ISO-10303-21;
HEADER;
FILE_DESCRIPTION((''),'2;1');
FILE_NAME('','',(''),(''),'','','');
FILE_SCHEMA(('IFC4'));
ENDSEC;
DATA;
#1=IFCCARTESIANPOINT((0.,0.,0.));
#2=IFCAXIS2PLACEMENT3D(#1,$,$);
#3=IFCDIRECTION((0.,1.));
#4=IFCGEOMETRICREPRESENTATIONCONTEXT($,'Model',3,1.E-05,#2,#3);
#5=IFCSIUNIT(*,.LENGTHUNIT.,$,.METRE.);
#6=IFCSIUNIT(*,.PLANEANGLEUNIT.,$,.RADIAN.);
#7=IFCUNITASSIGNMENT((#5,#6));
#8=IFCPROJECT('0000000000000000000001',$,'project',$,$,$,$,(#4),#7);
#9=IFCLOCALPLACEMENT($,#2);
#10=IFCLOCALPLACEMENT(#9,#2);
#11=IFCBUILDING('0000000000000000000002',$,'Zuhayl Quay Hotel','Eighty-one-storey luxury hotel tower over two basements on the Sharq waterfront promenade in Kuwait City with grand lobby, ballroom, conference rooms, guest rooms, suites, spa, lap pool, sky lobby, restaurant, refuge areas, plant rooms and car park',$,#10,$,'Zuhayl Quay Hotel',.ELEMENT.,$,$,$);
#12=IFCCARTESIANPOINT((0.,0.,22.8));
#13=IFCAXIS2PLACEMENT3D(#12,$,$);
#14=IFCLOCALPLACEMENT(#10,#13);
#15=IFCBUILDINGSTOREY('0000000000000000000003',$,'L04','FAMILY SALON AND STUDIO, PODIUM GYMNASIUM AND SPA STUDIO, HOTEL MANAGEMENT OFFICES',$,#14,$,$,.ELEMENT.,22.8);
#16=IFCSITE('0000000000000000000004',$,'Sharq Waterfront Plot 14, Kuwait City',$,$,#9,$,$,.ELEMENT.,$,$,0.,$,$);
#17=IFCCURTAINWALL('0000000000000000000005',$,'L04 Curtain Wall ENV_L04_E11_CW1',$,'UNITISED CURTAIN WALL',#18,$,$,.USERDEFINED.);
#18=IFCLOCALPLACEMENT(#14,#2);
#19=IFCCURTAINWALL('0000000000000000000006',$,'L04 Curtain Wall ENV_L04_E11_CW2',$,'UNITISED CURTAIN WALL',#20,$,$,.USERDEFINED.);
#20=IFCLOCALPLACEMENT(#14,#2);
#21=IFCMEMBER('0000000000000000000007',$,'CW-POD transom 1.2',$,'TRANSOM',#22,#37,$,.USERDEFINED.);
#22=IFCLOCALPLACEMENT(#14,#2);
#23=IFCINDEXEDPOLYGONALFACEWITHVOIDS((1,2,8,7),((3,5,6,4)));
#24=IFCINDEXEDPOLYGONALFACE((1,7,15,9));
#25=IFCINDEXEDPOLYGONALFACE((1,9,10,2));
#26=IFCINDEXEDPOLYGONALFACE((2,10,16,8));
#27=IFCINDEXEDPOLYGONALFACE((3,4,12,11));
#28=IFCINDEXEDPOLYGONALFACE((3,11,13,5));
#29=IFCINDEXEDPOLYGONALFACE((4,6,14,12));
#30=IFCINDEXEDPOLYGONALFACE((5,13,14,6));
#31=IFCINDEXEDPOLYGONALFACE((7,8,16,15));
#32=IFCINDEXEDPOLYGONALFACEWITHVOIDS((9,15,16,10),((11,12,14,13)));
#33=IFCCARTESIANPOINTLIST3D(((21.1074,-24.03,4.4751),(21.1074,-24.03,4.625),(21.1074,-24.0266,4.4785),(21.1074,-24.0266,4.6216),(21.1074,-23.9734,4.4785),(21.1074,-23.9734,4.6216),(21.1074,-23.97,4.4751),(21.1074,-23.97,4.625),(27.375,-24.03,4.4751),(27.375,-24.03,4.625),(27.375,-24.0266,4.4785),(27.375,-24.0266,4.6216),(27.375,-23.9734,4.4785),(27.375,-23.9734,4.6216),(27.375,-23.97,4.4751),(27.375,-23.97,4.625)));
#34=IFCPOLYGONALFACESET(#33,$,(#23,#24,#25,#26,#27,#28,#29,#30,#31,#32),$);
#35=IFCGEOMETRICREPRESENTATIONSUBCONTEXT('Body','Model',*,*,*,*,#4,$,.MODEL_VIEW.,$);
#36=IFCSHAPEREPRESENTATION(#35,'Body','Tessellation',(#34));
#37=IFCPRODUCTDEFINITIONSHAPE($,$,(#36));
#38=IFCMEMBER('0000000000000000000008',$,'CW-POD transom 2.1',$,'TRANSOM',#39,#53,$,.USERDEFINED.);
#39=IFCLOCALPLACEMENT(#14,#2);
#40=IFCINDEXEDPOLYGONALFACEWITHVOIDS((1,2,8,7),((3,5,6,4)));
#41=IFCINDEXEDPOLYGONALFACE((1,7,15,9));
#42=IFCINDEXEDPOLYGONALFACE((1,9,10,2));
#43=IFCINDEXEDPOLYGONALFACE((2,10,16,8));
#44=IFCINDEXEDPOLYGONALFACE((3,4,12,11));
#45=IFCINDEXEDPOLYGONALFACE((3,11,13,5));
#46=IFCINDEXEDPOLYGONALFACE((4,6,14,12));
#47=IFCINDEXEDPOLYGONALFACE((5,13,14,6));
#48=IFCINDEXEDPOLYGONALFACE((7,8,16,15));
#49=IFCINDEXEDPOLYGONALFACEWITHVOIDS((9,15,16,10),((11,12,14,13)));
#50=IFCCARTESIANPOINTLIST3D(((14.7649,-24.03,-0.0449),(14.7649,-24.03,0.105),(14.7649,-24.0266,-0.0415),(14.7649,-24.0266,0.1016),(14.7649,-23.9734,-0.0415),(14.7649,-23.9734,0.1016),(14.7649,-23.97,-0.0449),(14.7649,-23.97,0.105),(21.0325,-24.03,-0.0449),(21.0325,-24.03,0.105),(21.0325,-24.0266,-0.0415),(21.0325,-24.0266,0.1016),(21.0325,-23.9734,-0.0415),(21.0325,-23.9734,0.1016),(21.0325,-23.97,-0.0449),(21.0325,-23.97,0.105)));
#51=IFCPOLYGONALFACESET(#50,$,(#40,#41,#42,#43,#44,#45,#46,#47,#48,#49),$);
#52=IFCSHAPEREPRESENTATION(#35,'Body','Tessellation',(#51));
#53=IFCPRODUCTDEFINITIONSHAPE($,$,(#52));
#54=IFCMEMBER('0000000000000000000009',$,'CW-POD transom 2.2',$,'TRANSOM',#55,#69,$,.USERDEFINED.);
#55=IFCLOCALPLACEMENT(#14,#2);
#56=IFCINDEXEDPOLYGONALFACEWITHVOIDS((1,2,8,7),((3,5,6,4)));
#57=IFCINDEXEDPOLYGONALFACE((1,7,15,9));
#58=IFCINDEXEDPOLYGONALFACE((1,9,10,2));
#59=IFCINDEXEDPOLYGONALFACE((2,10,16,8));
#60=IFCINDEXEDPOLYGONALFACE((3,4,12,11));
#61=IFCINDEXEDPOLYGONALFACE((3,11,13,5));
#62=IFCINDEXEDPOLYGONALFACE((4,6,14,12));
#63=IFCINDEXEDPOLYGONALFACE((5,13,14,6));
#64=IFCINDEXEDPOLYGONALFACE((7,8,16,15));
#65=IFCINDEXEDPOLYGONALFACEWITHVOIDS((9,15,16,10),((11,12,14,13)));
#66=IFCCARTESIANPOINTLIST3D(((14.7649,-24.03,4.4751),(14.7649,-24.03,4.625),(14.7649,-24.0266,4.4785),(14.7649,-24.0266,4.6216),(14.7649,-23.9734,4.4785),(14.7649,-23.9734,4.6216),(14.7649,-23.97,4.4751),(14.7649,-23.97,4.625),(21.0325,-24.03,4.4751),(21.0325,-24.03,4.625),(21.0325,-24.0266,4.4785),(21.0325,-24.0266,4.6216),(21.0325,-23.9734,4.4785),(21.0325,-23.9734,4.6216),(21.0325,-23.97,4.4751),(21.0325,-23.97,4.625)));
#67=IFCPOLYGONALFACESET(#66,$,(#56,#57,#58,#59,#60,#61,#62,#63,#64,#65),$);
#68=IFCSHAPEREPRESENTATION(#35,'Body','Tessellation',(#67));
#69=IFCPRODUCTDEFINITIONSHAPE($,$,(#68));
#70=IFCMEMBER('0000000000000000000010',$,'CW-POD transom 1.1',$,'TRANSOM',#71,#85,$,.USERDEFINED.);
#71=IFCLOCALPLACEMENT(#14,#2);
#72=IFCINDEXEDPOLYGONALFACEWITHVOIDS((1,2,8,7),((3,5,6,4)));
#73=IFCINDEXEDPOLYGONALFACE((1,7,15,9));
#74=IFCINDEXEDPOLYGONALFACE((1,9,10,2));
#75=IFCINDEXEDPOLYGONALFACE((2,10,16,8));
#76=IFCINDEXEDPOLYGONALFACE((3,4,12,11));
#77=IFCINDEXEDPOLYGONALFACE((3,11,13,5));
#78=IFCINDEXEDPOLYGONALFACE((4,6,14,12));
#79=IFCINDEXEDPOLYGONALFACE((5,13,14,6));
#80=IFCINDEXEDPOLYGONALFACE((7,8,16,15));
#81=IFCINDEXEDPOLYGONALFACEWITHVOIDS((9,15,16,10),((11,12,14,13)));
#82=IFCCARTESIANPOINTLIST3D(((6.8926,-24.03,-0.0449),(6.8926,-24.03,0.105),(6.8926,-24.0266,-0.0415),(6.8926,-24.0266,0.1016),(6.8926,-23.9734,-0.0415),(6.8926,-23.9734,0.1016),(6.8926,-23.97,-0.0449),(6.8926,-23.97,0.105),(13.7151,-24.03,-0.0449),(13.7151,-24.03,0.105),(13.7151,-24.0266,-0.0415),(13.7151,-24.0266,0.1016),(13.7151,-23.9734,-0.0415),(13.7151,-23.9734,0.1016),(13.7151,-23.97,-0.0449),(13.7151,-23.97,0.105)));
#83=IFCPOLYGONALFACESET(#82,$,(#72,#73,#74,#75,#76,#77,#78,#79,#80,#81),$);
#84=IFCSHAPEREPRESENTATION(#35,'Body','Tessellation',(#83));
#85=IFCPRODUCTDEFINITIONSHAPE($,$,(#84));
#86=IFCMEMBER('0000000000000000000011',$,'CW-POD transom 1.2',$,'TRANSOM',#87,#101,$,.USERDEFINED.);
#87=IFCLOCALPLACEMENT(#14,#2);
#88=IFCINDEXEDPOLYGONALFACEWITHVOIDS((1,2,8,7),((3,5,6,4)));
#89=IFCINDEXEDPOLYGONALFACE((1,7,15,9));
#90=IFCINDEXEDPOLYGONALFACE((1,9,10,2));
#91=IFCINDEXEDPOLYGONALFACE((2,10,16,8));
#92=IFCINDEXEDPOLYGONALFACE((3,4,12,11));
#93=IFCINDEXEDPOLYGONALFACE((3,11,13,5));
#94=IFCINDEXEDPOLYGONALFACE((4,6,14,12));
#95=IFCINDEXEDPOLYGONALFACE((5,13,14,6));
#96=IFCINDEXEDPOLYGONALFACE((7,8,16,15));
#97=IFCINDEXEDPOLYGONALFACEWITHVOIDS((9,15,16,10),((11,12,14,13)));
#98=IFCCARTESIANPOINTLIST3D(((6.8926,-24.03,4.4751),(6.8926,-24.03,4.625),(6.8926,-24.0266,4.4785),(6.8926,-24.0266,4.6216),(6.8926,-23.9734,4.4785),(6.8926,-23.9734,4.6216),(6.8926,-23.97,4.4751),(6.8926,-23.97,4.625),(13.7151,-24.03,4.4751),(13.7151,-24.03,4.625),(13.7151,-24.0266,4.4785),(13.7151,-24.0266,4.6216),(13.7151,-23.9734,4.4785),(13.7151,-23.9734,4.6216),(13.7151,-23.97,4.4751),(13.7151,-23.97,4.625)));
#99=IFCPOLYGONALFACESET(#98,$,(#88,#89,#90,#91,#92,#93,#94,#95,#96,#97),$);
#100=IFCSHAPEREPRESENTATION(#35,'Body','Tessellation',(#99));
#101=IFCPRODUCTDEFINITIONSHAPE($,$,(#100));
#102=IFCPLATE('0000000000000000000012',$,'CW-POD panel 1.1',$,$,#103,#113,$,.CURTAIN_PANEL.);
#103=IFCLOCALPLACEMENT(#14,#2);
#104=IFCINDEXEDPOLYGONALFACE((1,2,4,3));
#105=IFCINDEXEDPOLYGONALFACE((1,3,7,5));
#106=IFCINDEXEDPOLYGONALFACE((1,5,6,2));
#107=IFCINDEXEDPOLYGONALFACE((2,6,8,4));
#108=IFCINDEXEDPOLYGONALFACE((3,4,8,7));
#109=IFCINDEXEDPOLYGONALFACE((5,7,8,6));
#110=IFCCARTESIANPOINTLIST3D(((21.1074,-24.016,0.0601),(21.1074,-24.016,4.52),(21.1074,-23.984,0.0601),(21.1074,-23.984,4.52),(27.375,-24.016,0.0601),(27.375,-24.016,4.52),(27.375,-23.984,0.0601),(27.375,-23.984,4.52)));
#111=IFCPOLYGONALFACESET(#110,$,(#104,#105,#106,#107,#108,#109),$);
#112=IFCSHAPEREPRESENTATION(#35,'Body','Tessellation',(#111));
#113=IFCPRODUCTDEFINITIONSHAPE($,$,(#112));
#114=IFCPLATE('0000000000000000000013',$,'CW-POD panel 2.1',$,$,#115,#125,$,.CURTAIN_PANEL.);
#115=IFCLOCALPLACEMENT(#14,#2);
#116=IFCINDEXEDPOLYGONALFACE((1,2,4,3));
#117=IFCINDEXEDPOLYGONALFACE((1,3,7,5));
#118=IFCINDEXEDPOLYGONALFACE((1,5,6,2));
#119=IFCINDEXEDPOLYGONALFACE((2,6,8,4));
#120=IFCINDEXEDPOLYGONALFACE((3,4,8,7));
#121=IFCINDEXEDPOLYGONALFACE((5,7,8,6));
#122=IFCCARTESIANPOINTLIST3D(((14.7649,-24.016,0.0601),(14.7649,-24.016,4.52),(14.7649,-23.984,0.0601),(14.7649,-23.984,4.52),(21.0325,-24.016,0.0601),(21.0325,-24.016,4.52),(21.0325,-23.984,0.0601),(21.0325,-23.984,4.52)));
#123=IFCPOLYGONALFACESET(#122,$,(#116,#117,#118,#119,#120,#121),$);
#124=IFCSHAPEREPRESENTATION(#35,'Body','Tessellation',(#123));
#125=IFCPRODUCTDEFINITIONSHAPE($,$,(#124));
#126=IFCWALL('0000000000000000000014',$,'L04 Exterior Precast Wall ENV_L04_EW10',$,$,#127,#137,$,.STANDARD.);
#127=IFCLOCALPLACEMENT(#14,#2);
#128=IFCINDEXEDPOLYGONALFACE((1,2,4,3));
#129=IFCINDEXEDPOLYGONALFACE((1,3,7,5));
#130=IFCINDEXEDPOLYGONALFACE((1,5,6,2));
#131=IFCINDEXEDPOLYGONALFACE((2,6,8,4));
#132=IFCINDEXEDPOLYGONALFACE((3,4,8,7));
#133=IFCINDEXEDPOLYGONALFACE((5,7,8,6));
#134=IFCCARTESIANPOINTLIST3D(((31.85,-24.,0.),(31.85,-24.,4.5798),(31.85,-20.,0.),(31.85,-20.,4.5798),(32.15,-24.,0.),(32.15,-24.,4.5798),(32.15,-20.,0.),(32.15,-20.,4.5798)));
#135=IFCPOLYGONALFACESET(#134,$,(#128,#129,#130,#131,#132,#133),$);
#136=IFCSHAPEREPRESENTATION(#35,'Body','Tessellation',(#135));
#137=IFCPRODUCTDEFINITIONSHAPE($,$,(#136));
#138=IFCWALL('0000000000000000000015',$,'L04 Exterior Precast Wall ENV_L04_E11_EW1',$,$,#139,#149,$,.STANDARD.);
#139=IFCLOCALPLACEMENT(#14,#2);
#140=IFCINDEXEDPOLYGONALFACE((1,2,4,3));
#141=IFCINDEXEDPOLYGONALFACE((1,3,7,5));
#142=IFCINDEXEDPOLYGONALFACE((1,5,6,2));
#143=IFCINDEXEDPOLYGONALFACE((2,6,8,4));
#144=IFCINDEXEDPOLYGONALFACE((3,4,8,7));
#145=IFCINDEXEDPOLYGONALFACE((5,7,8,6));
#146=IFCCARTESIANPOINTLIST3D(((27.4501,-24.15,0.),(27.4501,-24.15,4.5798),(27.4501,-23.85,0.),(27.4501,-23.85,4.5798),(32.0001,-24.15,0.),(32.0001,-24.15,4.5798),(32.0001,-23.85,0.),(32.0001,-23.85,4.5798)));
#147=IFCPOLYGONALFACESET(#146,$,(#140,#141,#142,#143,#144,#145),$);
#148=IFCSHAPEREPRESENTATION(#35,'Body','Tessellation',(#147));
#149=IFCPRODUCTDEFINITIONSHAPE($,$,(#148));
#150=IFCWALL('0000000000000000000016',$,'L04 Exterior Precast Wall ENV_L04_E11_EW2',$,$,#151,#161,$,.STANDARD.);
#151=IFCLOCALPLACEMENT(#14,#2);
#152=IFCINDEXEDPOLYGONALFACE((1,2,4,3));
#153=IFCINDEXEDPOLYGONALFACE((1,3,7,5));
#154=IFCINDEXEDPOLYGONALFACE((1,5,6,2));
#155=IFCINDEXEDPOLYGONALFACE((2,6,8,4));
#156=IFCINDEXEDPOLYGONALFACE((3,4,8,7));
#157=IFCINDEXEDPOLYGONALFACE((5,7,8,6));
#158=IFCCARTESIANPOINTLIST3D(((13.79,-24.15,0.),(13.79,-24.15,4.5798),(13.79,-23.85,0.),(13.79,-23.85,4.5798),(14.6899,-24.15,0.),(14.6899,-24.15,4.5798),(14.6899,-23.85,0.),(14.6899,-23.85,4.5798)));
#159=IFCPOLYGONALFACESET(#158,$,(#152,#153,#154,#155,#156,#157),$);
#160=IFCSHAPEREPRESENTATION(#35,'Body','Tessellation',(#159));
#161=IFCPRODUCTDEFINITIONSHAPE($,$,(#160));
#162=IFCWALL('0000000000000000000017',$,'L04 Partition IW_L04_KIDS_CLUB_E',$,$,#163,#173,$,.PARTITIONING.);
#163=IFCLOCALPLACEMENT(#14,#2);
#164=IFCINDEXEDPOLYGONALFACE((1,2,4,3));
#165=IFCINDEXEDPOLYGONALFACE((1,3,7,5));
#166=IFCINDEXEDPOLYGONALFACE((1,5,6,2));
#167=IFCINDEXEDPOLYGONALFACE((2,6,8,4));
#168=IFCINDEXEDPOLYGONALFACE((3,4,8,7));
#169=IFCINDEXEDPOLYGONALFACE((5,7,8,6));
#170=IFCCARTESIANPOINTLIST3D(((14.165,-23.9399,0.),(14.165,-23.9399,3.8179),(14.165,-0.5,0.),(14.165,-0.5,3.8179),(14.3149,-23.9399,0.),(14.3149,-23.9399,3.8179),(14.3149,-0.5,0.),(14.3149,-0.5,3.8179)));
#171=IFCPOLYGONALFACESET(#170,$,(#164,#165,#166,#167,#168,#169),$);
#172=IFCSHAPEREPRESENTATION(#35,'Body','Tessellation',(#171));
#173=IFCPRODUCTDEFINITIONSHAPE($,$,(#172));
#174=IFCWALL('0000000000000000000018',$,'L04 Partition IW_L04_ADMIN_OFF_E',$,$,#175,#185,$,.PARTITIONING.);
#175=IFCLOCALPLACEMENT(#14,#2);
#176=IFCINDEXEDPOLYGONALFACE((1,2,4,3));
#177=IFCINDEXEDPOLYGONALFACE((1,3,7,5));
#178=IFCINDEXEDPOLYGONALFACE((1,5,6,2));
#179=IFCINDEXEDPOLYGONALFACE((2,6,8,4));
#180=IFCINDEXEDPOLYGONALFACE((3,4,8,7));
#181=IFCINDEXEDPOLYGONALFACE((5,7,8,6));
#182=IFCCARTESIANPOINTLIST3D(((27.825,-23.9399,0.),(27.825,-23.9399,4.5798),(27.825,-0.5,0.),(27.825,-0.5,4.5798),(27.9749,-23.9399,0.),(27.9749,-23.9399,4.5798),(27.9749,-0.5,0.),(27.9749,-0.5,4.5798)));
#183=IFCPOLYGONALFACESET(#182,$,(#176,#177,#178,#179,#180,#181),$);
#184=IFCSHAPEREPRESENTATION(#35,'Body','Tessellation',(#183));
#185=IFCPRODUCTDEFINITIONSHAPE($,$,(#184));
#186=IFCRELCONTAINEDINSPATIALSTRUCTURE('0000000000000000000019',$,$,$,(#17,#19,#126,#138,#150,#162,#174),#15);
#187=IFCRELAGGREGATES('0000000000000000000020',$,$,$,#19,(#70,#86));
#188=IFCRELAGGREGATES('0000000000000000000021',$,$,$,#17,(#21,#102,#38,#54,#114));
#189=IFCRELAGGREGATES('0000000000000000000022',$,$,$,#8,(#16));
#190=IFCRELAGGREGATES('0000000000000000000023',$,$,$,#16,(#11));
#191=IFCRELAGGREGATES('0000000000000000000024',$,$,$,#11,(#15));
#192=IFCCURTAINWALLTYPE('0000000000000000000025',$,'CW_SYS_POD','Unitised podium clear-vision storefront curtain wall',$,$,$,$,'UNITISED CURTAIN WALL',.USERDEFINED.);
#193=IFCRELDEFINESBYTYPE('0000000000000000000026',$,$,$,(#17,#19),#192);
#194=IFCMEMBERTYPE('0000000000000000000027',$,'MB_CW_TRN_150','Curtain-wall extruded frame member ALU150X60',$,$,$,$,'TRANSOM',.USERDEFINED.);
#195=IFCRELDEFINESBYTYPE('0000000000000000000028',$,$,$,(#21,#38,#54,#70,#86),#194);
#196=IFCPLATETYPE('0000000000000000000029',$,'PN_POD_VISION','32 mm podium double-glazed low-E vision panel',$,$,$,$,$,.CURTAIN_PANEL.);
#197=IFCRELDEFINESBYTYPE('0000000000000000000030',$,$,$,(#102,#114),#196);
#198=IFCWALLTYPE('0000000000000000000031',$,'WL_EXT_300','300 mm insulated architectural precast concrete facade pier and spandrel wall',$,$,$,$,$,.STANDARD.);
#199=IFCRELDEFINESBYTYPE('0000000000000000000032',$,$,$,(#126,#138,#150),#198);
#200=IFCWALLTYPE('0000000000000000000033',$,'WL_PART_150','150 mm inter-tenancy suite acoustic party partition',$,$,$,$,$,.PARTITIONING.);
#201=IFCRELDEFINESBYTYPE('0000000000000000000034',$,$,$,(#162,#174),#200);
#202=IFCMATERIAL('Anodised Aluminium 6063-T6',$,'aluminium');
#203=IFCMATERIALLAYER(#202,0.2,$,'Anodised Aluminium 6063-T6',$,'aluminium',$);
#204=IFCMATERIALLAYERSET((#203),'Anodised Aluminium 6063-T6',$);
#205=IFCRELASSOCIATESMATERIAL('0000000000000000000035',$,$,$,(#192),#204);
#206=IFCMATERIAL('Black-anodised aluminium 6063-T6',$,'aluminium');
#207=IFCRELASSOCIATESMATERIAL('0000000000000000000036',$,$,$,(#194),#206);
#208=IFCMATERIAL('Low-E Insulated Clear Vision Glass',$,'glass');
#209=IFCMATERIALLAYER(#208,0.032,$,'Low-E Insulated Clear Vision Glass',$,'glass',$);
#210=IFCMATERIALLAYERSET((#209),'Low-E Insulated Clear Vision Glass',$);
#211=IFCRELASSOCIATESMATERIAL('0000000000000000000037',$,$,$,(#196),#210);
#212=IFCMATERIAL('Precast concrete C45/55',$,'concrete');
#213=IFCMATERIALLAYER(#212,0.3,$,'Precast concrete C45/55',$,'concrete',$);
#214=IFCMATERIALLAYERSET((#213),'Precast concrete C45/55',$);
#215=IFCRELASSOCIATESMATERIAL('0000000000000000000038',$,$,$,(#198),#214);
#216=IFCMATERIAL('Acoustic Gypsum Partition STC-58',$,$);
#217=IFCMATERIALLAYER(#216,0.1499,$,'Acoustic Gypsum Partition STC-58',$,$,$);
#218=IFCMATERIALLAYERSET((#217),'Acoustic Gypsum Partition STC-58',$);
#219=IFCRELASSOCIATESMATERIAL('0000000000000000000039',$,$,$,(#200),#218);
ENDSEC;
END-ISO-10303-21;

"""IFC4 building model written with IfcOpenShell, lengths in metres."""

from ifc_helpers import new_model, si_unit, direction, frame, frame_2d, origin, origin_2d, place, context, subcontext, project, spatial, rectangle, hollow_rectangle, extrude, material, layer, layer_set, material_profile, profile_set, type_object, element, aggregate, save


model = new_model("IFC4")

# Units and contexts
model_context = context("Model", 3, precision=1e-05, world=origin(), true_north=direction((0.0, 1.0)))
body_context = subcontext(model_context, "Body", "Model", "MODEL_VIEW")
ifc_project = project(units=[si_unit("LENGTHUNIT", "METRE"), si_unit("PLANEANGLEUNIT", "RADIAN")], contexts=[model_context])

# Site, building, storey
site_placement = place(None, origin())
site = spatial("IfcSite", under=ifc_project, at=site_placement, Name="Sharq Waterfront Plot 14, Kuwait City", CompositionType="ELEMENT", RefElevation=0.0)
building_placement = place(site_placement, origin())
building = spatial("IfcBuilding", under=site, at=building_placement, Name="Zuhayl Quay Hotel", Description="Eighty-one-storey luxury hotel tower over two basements on the Sharq waterfront promenade in Kuwait City with grand lobby, ballroom, conference rooms, guest rooms, suites, spa, lap pool, sky lobby, restaurant, refuge areas, plant rooms and car park", LongName="Zuhayl Quay Hotel", CompositionType="ELEMENT")
storey_placement = place(building_placement, frame((0.0, 0.0, 22.8)))
storey = spatial("IfcBuildingStorey", under=building, at=storey_placement, Name="L04", Description="FAMILY SALON AND STUDIO, PODIUM GYMNASIUM AND SPA STUDIO, HOTEL MANAGEMENT OFFICES", CompositionType="ELEMENT", Elevation=22.8)

# Curtain wall
ifc_material_1 = material(Name="Anodised Aluminium 6063-T6", Category="aluminium")
ifc_layer_1 = layer(ifc_material_1, 0.2, Name="Anodised Aluminium 6063-T6", Category="aluminium")
ifc_layer_set_1 = layer_set([ifc_layer_1], Name="Anodised Aluminium 6063-T6")
curtain_wall_type = type_object("IfcCurtainWallType", Name="CW_SYS_POD", Description="Unitised podium clear-vision storefront curtain wall", ElementType="UNITISED CURTAIN WALL", PredefinedType="USERDEFINED", material=ifc_layer_set_1)
curtain_wall_1_placement = place(storey_placement, origin())
curtain_wall_1 = element("IfcCurtainWall", 1, at=curtain_wall_1_placement, inside=storey, type_object=curtain_wall_type, Name="L04 Curtain Wall ENV_L04_E11_CW1", ObjectType="UNITISED CURTAIN WALL", PredefinedType="USERDEFINED")
ifc_material_2 = material(Name="Black-anodised aluminium 6063-T6", Category="aluminium")

# Curtain wall
curtain_wall_2_placement = place(storey_placement, origin())
curtain_wall_2 = element("IfcCurtainWall", 2, at=curtain_wall_2_placement, inside=storey, type_object=curtain_wall_type, Name="L04 Curtain Wall ENV_L04_E11_CW2", ObjectType="UNITISED CURTAIN WALL", PredefinedType="USERDEFINED")

# Members
ifc_material_profile_1 = material_profile(ifc_material_2, hollow_rectangle(XDim=0.0601, YDim=0.1499, WallThickness=0.0034, at=origin_2d()), Name="ALU150X60")
ifc_profile_set_1 = profile_set([ifc_material_profile_1], Name="Black-anodised aluminium 6063-T6")
member_type_1 = type_object("IfcMemberType", Name="MB_CW_TRN_150", Description="Curtain-wall extruded frame member ALU150X60", ElementType="TRANSOM", PredefinedType="USERDEFINED", material=ifc_profile_set_1)
member_1_placement = place(storey_placement, frame((27.375, -24.0, 4.55), z_axis=(-1.0, 0.0, 0.0), x_axis=(0.0, -1.0, 0.0)))
member_1 = element("IfcMember", 3, at=member_1_placement, type_object=member_type_1, Name="CW-POD transom 1.2", ObjectType="TRANSOM", PredefinedType="USERDEFINED", context=body_context, shape_type="SweptSolid", body=[
    extrude(hollow_rectangle(XDim=0.0601, YDim=0.1499, WallThickness=0.0034, at=origin_2d()), origin(), (0.0, 0.0, 1.0), 6.2676),
])
member_2_placement = place(storey_placement, frame((21.0325, -24.0, 0.03), z_axis=(-1.0, 0.0, 0.0), x_axis=(0.0, -1.0, 0.0)))
member_2 = element("IfcMember", 4, at=member_2_placement, type_object=member_type_1, Name="CW-POD transom 2.1", ObjectType="TRANSOM", PredefinedType="USERDEFINED", context=body_context, shape_type="SweptSolid", body=[
    extrude(hollow_rectangle(XDim=0.0601, YDim=0.1499, WallThickness=0.0034, at=origin_2d()), origin(), (0.0, 0.0, 1.0), 6.2676),
])
member_3_placement = place(storey_placement, frame((21.0325, -24.0, 4.55), z_axis=(-1.0, 0.0, 0.0), x_axis=(0.0, -1.0, 0.0)))
member_3 = element("IfcMember", 5, at=member_3_placement, type_object=member_type_1, Name="CW-POD transom 2.2", ObjectType="TRANSOM", PredefinedType="USERDEFINED", context=body_context, shape_type="SweptSolid", body=[
    extrude(hollow_rectangle(XDim=0.0601, YDim=0.1499, WallThickness=0.0034, at=origin_2d()), origin(), (0.0, 0.0, 1.0), 6.2676),
])
member_4_placement = place(storey_placement, frame((13.7151, -24.0, 0.03), z_axis=(-1.0, 0.0, 0.0), x_axis=(0.0, -1.0, 0.0)))
member_4 = element("IfcMember", 6, at=member_4_placement, type_object=member_type_1, Name="CW-POD transom 1.1", ObjectType="TRANSOM", PredefinedType="USERDEFINED", context=body_context, shape_type="SweptSolid", body=[
    extrude(hollow_rectangle(XDim=0.0601, YDim=0.1499, WallThickness=0.0034, at=origin_2d()), origin(), (0.0, 0.0, 1.0), 6.8225),
])
member_5_placement = place(storey_placement, frame((13.7151, -24.0, 4.55), z_axis=(-1.0, 0.0, 0.0), x_axis=(0.0, -1.0, 0.0)))
member_5 = element("IfcMember", 7, at=member_5_placement, type_object=member_type_1, Name="CW-POD transom 1.2", ObjectType="TRANSOM", PredefinedType="USERDEFINED", context=body_context, shape_type="SweptSolid", body=[
    extrude(hollow_rectangle(XDim=0.0601, YDim=0.1499, WallThickness=0.0034, at=origin_2d()), origin(), (0.0, 0.0, 1.0), 6.8225),
])
aggregate(curtain_wall_2, [member_4, member_5])

# Plates
ifc_material_3 = material(Name="Low-E Insulated Clear Vision Glass", Category="glass")
ifc_layer_2 = layer(ifc_material_3, 0.032, Name="Low-E Insulated Clear Vision Glass", Category="glass")
ifc_layer_set_2 = layer_set([ifc_layer_2], Name="Low-E Insulated Clear Vision Glass")
plate_type = type_object("IfcPlateType", Name="PN_POD_VISION", Description="32 mm podium double-glazed low-E vision panel", PredefinedType="CURTAIN_PANEL", material=ifc_layer_set_2)
plate_1_placement = place(storey_placement, frame((24.2412, -24.0, 0.0601), z_axis=(0.0, 0.0, 1.0), x_axis=(-1.0, 0.0, 0.0)))
plate_1 = element("IfcPlate", 8, at=plate_1_placement, type_object=plate_type, Name="CW-POD panel 1.1", PredefinedType="CURTAIN_PANEL", context=body_context, shape_type="SweptSolid", body=[
    extrude(rectangle(XDim=6.2676, YDim=0.032, at=origin_2d()), origin(), (0.0, 0.0, 1.0), 4.46),
])
plate_2_placement = place(storey_placement, frame((17.8987, -24.0, 0.0601), z_axis=(0.0, 0.0, 1.0), x_axis=(-1.0, 0.0, 0.0)))
plate_2 = element("IfcPlate", 9, at=plate_2_placement, type_object=plate_type, Name="CW-POD panel 2.1", PredefinedType="CURTAIN_PANEL", context=body_context, shape_type="SweptSolid", body=[
    extrude(rectangle(XDim=6.2676, YDim=0.032, at=origin_2d()), origin(), (0.0, 0.0, 1.0), 4.46),
])
aggregate(curtain_wall_1, [member_1, plate_1, member_2, member_3, plate_2])

# Walls
ifc_material_4 = material(Name="Precast concrete C45/55", Category="concrete")
ifc_layer_3 = layer(ifc_material_4, 0.3, Name="Precast concrete C45/55", Category="concrete")
ifc_layer_set_3 = layer_set([ifc_layer_3], Name="Precast concrete C45/55")
wall_type_1 = type_object("IfcWallType", Name="WL_EXT_300", Description="300 mm insulated architectural precast concrete facade pier and spandrel wall", PredefinedType="STANDARD", material=ifc_layer_set_3)
wall_1_placement = place(storey_placement, frame((32.0, -20.0, 0.0), z_axis=(0.0, 0.0, 1.0), x_axis=(0.0, -1.0, 0.0)))
element("IfcWall", 10, at=wall_1_placement, inside=storey, type_object=wall_type_1, Name="L04 Exterior Precast Wall ENV_L04_EW10", PredefinedType="STANDARD", context=body_context, shape_type="SweptSolid", body=[
    extrude(rectangle(XDim=4.0, YDim=0.3, at=frame_2d((2.0, 0.0))), origin(), (0.0, 0.0, 1.0), 4.5798),
])
wall_2_placement = place(storey_placement, frame((32.0, -24.0, 0.0), z_axis=(0.0, 0.0, 1.0), x_axis=(-1.0, 0.0, 0.0)))
element("IfcWall", 11, at=wall_2_placement, inside=storey, type_object=wall_type_1, Name="L04 Exterior Precast Wall ENV_L04_E11_EW1", PredefinedType="STANDARD", context=body_context, shape_type="SweptSolid", body=[
    extrude(rectangle(XDim=4.55, YDim=0.3, at=frame_2d((2.2749, 0.0))), origin(), (0.0, 0.0, 1.0), 4.5798),
])
wall_3_placement = place(storey_placement, frame((14.6899, -24.0, 0.0), z_axis=(0.0, 0.0, 1.0), x_axis=(-1.0, 0.0, 0.0)))
element("IfcWall", 12, at=wall_3_placement, inside=storey, type_object=wall_type_1, Name="L04 Exterior Precast Wall ENV_L04_E11_EW2", PredefinedType="STANDARD", context=body_context, shape_type="SweptSolid", body=[
    extrude(rectangle(XDim=0.8999, YDim=0.3, at=frame_2d((0.45, 0.0))), origin(), (0.0, 0.0, 1.0), 4.5798),
])
ifc_material_5 = material(Name="Acoustic Gypsum Partition STC-58")
ifc_layer_4 = layer(ifc_material_5, 0.1499, Name="Acoustic Gypsum Partition STC-58")
ifc_layer_set_4 = layer_set([ifc_layer_4], Name="Acoustic Gypsum Partition STC-58")
wall_type_2 = type_object("IfcWallType", Name="WL_PART_150", Description="150 mm inter-tenancy suite acoustic party partition", PredefinedType="PARTITIONING", material=ifc_layer_set_4)
wall_4_placement = place(storey_placement, frame((14.24, -23.9399, 0.0), z_axis=(0.0, 0.0, 1.0), x_axis=(0.0, 1.0, 0.0)))
element("IfcWall", 13, at=wall_4_placement, inside=storey, type_object=wall_type_2, Name="L04 Partition IW_L04_KIDS_CLUB_E", PredefinedType="PARTITIONING", context=body_context, shape_type="SweptSolid", body=[
    extrude(rectangle(XDim=23.4399, YDim=0.1499, at=frame_2d((11.72, 0.0))), origin(), (0.0, 0.0, 1.0), 3.8179),
])
wall_5_placement = place(storey_placement, frame((27.8999, -23.9399, 0.0), z_axis=(0.0, 0.0, 1.0), x_axis=(0.0, 1.0, 0.0)))
element("IfcWall", 14, at=wall_5_placement, inside=storey, type_object=wall_type_2, Name="L04 Partition IW_L04_ADMIN_OFF_E", PredefinedType="PARTITIONING", context=body_context, shape_type="SweptSolid", body=[
    extrude(rectangle(XDim=23.4399, YDim=0.1499, at=frame_2d((11.72, 0.0))), origin(), (0.0, 0.0, 1.0), 4.5798),
])

save(model, "model.ifc")
